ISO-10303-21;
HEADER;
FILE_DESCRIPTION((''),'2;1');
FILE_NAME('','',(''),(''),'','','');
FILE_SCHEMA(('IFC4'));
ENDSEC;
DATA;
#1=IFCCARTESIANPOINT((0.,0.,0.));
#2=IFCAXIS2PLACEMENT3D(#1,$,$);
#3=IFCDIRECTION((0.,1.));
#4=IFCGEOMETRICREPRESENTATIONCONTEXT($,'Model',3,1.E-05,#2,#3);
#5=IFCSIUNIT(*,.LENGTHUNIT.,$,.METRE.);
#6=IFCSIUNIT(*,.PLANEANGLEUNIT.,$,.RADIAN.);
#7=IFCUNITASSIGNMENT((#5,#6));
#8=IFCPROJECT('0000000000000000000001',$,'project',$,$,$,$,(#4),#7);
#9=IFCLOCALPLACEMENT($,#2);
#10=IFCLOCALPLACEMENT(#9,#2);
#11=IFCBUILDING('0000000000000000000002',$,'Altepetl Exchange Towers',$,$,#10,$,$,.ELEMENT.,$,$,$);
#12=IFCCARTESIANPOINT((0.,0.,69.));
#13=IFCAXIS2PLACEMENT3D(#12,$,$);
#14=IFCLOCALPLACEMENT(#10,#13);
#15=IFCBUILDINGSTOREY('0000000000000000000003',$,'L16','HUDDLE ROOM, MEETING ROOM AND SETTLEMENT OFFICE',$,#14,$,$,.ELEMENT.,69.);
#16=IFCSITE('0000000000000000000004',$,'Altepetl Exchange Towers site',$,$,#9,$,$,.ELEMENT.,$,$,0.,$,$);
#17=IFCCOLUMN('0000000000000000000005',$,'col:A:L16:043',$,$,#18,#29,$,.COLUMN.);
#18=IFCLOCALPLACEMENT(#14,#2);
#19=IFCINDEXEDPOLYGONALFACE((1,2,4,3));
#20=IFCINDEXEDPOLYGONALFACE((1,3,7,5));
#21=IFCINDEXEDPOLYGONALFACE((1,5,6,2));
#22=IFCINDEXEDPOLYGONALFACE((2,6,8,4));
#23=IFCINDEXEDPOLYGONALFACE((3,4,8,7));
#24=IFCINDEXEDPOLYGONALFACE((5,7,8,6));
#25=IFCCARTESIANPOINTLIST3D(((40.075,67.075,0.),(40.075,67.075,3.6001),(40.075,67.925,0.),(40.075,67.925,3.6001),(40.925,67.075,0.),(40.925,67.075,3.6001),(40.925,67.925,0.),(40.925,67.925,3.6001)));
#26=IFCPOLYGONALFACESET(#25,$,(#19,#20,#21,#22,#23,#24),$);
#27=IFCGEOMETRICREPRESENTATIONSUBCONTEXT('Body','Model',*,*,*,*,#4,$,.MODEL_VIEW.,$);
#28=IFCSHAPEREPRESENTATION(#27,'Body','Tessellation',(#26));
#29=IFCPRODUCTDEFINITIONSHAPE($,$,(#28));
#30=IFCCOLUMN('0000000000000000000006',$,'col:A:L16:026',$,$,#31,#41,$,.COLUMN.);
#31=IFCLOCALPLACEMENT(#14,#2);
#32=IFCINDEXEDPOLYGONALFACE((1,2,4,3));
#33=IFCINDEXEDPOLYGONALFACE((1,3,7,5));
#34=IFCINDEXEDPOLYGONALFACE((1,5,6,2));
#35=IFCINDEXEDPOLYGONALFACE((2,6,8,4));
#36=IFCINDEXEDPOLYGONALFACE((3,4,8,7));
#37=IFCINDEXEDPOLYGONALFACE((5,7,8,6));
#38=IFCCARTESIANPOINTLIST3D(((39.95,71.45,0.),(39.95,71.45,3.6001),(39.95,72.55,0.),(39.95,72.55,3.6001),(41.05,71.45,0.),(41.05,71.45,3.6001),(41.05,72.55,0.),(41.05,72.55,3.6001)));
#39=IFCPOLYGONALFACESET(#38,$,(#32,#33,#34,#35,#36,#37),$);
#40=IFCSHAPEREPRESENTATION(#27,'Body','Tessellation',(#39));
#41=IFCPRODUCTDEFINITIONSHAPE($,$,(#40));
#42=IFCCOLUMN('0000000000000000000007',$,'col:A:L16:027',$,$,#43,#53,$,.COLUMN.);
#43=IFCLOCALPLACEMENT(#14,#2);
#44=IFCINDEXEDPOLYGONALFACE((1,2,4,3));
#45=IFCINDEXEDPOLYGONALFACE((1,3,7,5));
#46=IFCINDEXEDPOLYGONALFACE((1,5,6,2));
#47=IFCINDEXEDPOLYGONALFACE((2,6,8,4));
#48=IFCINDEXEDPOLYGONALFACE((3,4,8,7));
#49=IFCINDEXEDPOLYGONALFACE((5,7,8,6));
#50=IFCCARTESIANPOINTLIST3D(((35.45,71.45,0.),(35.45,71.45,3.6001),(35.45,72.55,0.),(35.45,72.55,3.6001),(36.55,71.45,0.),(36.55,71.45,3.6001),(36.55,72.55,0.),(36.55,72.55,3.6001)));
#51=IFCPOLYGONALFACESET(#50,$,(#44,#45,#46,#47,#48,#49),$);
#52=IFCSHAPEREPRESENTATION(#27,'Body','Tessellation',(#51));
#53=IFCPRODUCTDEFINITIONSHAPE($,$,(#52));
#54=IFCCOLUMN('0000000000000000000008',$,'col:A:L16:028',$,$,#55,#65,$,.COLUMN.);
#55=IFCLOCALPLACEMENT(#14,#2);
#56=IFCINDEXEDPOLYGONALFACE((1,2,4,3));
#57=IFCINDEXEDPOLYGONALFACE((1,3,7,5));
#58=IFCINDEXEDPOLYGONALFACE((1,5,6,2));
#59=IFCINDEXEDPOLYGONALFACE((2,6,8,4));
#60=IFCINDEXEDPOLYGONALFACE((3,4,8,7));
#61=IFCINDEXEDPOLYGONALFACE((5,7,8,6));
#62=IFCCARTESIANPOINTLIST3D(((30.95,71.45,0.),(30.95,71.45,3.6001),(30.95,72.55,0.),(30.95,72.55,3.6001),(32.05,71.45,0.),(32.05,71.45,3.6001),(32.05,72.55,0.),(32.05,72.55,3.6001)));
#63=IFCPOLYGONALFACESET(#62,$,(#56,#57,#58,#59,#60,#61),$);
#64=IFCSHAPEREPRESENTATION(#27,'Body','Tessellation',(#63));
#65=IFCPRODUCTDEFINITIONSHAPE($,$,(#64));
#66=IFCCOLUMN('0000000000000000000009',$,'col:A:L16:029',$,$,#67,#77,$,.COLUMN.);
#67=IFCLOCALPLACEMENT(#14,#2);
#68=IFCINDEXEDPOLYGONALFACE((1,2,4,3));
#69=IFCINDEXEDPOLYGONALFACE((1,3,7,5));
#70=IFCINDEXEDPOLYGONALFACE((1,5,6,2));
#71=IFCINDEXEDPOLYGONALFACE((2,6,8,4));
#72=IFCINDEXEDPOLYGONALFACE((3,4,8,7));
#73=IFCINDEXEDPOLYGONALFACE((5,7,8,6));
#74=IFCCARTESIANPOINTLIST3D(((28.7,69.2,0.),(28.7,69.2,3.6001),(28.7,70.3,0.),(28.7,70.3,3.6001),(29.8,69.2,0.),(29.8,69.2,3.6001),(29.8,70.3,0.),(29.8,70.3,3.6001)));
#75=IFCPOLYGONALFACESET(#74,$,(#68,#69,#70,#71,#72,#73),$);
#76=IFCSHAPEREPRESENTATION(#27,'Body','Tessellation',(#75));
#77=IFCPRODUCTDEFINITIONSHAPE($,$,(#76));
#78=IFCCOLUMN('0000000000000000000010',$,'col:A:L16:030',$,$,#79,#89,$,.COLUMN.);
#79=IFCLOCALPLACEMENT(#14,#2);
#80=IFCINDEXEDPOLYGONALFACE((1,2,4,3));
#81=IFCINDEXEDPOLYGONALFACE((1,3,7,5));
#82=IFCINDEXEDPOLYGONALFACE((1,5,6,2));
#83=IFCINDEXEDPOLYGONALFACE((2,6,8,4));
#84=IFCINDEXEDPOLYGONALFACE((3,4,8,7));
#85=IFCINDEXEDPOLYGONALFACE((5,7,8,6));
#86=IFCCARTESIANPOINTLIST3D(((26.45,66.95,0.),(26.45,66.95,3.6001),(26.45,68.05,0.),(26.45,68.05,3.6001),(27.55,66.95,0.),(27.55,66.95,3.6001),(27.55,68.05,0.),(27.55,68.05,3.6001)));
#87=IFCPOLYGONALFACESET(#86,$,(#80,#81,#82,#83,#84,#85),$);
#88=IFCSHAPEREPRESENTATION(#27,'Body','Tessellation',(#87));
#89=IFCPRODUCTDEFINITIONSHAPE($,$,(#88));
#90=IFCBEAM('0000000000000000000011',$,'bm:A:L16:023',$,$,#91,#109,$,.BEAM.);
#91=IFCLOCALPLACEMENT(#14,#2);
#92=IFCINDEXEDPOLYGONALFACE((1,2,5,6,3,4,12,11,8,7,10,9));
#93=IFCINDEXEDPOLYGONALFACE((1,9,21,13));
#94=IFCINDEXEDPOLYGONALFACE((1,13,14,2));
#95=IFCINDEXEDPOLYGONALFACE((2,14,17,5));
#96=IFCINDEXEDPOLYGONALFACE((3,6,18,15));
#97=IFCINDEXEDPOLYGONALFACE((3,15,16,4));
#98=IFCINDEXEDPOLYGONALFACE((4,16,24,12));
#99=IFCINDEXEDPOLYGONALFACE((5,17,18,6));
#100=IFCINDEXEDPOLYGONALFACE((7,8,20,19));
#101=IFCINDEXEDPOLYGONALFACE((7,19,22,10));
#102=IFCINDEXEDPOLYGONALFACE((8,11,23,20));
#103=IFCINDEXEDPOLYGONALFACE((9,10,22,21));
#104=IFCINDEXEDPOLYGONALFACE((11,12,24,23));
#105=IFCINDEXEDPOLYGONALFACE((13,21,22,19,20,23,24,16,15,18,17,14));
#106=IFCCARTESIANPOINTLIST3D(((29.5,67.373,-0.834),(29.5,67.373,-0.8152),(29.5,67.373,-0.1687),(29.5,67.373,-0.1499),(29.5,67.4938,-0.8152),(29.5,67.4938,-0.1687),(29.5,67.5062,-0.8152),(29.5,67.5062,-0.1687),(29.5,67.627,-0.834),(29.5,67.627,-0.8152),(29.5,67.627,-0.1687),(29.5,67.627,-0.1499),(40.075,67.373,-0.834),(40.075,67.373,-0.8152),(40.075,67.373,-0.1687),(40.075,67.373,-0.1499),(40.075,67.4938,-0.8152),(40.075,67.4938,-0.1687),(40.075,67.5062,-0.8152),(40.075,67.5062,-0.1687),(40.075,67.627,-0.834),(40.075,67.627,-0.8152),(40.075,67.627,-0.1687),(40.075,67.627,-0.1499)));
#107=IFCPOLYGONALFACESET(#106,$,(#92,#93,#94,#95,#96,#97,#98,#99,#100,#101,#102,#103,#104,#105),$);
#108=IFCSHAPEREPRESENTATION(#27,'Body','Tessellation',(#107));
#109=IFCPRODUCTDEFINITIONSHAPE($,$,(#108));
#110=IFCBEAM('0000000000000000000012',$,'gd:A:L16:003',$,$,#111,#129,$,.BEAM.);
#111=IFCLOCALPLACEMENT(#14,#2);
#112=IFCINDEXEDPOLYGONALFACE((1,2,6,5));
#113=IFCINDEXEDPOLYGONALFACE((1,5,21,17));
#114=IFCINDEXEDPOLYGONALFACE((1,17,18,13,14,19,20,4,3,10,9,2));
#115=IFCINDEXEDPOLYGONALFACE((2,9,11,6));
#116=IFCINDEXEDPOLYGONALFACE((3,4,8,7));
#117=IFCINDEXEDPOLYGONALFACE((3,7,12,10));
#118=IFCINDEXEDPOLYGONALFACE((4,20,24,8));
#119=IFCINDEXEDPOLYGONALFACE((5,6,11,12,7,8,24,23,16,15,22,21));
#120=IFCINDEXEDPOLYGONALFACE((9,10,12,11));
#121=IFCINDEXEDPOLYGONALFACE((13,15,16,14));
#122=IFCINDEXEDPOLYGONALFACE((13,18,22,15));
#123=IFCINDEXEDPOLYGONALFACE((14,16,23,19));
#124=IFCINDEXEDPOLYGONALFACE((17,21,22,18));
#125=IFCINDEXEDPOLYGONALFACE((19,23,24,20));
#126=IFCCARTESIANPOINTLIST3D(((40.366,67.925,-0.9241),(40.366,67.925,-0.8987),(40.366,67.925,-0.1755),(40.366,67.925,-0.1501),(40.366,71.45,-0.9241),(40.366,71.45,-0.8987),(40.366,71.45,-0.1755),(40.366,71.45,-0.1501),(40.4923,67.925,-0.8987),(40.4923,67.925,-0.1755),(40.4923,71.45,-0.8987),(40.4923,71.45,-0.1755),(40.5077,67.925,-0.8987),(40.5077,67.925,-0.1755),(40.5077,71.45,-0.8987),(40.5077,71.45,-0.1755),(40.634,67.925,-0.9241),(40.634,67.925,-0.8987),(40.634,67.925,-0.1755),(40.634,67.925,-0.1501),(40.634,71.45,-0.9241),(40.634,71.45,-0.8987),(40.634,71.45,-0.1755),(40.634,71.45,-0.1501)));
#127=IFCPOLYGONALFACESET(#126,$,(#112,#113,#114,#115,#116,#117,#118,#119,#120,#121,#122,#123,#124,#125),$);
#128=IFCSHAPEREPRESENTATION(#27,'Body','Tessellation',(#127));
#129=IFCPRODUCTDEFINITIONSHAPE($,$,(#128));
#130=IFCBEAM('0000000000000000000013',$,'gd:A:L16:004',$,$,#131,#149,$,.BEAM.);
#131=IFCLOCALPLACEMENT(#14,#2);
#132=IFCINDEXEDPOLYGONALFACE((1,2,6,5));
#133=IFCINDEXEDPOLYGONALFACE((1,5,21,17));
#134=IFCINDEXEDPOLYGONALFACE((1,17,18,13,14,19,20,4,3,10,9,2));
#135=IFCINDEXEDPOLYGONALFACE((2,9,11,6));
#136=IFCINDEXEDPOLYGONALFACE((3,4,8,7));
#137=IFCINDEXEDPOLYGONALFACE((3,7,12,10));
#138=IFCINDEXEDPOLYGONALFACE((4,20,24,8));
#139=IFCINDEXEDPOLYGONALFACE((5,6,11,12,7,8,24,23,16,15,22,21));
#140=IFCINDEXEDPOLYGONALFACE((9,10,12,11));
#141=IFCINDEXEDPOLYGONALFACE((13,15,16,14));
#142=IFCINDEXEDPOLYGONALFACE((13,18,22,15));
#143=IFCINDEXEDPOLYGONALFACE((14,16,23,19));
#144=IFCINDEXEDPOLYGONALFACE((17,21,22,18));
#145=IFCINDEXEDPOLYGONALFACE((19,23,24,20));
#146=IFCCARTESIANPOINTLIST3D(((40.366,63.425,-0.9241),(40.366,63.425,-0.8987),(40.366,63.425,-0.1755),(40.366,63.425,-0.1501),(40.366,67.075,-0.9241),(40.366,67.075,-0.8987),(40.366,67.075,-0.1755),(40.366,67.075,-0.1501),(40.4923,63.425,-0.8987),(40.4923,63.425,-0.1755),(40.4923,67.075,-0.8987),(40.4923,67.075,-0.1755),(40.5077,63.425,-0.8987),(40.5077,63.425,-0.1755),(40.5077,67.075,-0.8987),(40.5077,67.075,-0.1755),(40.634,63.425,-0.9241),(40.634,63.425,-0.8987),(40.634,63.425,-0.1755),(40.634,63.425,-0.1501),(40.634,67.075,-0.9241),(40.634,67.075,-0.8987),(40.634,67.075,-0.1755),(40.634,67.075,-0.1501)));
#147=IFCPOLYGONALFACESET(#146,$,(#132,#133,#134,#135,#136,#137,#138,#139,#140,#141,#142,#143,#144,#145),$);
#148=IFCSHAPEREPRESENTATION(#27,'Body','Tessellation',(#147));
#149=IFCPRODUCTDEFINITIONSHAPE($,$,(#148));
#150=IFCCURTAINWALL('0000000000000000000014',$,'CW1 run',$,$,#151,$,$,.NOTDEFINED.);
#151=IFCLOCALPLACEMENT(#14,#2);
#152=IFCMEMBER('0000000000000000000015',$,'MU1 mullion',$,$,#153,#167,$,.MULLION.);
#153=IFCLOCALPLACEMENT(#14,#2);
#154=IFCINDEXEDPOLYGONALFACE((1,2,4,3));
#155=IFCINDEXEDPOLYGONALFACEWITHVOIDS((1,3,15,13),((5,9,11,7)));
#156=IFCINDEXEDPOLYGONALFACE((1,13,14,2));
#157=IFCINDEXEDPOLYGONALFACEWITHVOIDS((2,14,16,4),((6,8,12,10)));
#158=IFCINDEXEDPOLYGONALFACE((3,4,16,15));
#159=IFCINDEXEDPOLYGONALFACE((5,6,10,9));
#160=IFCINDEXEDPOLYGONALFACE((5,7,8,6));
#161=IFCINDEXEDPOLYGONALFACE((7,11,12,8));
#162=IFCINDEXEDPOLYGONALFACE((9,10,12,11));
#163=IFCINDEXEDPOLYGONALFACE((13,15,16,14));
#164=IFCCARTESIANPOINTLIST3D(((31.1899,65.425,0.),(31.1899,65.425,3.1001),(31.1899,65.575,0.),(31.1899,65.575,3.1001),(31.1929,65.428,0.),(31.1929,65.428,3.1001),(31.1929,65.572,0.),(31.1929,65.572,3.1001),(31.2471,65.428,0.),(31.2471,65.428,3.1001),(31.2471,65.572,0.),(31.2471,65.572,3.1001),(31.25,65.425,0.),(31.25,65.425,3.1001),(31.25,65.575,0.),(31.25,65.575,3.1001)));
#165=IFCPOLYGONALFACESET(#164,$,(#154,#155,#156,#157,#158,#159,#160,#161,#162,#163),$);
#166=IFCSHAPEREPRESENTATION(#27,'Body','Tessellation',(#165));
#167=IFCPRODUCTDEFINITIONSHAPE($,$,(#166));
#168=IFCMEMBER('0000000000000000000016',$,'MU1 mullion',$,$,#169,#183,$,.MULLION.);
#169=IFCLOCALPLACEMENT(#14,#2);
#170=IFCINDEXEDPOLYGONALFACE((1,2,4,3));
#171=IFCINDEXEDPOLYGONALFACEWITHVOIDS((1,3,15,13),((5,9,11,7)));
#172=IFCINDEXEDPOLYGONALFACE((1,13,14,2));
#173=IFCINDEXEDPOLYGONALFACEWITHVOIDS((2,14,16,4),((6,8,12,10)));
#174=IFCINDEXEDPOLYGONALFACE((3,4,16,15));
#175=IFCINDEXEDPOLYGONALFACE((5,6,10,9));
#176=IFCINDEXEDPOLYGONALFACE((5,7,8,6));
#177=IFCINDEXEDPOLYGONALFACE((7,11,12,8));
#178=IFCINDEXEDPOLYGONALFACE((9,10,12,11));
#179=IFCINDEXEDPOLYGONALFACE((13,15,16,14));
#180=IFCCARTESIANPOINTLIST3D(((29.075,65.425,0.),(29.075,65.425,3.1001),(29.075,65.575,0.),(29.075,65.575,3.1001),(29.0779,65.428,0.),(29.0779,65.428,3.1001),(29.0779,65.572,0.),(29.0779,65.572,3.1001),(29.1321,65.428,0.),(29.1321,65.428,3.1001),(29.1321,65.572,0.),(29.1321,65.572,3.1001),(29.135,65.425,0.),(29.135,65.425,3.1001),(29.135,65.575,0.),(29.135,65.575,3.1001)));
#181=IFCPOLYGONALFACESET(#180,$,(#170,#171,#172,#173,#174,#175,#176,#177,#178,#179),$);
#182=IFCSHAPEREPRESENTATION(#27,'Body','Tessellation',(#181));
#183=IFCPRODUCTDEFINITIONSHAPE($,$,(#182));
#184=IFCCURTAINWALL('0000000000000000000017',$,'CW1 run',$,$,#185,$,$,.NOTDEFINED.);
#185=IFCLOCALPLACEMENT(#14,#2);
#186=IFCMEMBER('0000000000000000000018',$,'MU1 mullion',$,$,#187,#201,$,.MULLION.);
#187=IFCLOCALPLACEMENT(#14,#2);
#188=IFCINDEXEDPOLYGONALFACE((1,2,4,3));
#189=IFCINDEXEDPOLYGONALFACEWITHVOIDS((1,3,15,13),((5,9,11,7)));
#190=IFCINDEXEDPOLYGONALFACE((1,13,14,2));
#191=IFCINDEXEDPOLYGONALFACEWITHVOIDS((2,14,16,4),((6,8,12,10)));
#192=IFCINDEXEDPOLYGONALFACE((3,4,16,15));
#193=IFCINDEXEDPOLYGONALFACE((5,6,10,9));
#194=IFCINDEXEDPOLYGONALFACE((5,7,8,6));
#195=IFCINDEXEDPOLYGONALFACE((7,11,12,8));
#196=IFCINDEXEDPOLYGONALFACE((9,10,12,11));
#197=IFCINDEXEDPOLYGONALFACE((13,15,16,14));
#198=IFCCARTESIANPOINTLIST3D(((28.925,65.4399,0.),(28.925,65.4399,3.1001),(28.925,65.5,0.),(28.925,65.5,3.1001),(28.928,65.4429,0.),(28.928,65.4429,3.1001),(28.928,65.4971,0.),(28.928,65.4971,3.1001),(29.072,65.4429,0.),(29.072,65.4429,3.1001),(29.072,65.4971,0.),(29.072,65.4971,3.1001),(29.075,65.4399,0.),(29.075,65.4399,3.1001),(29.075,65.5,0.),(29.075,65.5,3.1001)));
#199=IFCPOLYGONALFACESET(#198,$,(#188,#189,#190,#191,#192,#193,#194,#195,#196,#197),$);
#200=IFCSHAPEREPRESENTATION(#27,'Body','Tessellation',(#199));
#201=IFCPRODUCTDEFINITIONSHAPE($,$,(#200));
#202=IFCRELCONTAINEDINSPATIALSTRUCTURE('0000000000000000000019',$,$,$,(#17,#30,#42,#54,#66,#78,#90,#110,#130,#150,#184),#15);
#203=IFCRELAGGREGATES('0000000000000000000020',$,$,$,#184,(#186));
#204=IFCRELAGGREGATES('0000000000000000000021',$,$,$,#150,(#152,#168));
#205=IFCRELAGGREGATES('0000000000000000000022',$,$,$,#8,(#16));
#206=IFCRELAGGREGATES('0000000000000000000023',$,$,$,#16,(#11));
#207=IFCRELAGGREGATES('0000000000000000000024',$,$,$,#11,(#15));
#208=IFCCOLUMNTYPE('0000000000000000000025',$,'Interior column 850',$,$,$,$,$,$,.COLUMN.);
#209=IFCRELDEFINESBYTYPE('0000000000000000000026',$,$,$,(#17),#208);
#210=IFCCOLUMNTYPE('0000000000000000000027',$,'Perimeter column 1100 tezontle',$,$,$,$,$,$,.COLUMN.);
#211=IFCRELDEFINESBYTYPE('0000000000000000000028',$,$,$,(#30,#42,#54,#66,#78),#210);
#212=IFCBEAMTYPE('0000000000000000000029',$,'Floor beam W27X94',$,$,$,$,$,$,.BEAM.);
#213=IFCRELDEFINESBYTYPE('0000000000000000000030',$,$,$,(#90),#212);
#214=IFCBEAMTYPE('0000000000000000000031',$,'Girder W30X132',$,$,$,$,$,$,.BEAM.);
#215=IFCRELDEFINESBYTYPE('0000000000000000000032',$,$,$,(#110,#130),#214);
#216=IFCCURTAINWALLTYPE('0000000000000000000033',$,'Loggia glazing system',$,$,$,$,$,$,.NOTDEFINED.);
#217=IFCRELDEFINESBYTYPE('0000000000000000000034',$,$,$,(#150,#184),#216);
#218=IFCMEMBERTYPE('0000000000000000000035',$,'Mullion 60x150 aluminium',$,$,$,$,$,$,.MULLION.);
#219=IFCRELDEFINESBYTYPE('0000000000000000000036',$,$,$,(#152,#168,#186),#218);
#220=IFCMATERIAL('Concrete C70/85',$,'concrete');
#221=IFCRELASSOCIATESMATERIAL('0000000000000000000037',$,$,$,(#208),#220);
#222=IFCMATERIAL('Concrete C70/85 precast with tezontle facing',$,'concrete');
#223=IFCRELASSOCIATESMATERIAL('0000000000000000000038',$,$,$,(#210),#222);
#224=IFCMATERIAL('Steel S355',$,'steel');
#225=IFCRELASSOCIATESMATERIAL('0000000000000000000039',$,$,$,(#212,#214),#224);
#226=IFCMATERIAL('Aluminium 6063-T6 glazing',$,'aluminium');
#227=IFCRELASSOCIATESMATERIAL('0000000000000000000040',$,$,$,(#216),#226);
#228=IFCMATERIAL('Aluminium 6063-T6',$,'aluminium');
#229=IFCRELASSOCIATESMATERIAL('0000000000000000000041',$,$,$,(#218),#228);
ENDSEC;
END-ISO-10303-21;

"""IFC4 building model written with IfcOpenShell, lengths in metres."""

from ifc_helpers import new_model, si_unit, direction, frame, origin, origin_2d, place, context, subcontext, project, spatial, rectangle, hollow_rectangle, i_section, extrude, material, material_profile, profile_set, type_object, element, aggregate, save


model = new_model("IFC4")

# Units and contexts
model_context = context("Model", 3, precision=1e-05, world=origin(), true_north=direction((0.0, 1.0)))
body_context = subcontext(model_context, "Body", "Model", "MODEL_VIEW")
ifc_project = project(units=[si_unit("LENGTHUNIT", "METRE"), si_unit("PLANEANGLEUNIT", "RADIAN")], contexts=[model_context])

# Site, building, storey
site_placement = place(None, origin())
site = spatial("IfcSite", under=ifc_project, at=site_placement, Name="Altepetl Exchange Towers site", CompositionType="ELEMENT", RefElevation=0.0)
building_placement = place(site_placement, origin())
building = spatial("IfcBuilding", under=site, at=building_placement, Name="Altepetl Exchange Towers", CompositionType="ELEMENT")
storey_placement = place(building_placement, frame((0.0, 0.0, 69.0)))
storey = spatial("IfcBuildingStorey", under=building, at=storey_placement, Name="L16", Description="HUDDLE ROOM, MEETING ROOM AND SETTLEMENT OFFICE", CompositionType="ELEMENT", Elevation=69.0)

# Columns
ifc_material_1 = material(Name="Concrete C70/85", Category="concrete")
ifc_material_profile_1 = material_profile(ifc_material_1, rectangle(XDim=0.8501, YDim=0.8501, at=origin_2d()), Name="850 x 850")
ifc_profile_set_1 = profile_set([ifc_material_profile_1], Name="Concrete C70/85")
column_type_1 = type_object("IfcColumnType", Name="Interior column 850", PredefinedType="COLUMN", material=ifc_profile_set_1)
column_placement = place(storey_placement, frame((40.5, 67.5, 0.0)))
element("IfcColumn", 1, at=column_placement, inside=storey, type_object=column_type_1, Name="col:A:L16:043", PredefinedType="COLUMN", context=body_context, shape_type="SweptSolid", body=[
    extrude(rectangle(XDim=0.8501, YDim=0.8501, at=origin_2d()), origin(), (0.0, 0.0, 1.0), 3.6001),
])
ifc_material_2 = material(Name="Concrete C70/85 precast with tezontle facing", Category="concrete")
ifc_material_profile_2 = material_profile(ifc_material_2, rectangle(XDim=1.1001, YDim=1.1001, at=origin_2d()), Name="1100 x 1100")
ifc_profile_set_2 = profile_set([ifc_material_profile_2], Name="Concrete C70/85 precast with tezontle facing")
column_type_2 = type_object("IfcColumnType", Name="Perimeter column 1100 tezontle", PredefinedType="COLUMN", material=ifc_profile_set_2)
for number, where, name in (
    (2, (40.5, 72.0, 0.0), "col:A:L16:026"),
    (3, (36.0, 72.0, 0.0), "col:A:L16:027"),
    (4, (31.5, 72.0, 0.0), "col:A:L16:028"),
    (5, (29.25, 69.75, 0.0), "col:A:L16:029"),
    (6, (27.0, 67.5, 0.0), "col:A:L16:030"),
):
    element("IfcColumn", number, at=place(storey_placement, frame(where)), inside=storey, type_object=column_type_2, Name=name, PredefinedType="COLUMN", context=body_context, shape_type="SweptSolid", body=[
        extrude(rectangle(XDim=1.1001, YDim=1.1001, at=origin_2d()), origin(), (0.0, 0.0, 1.0), 3.6001),
    ])

# Beams
ifc_material_3 = material(Name="Steel S355", Category="steel")
ifc_material_profile_3 = material_profile(ifc_material_3, i_section(OverallWidth=0.2539, OverallDepth=0.6841, WebThickness=0.0125, FlangeThickness=0.0188, at=origin_2d()), Name="W27X94")
ifc_profile_set_3 = profile_set([ifc_material_profile_3], Name="Steel S355")
beam_type_1 = type_object("IfcBeamType", Name="Floor beam W27X94", PredefinedType="BEAM", material=ifc_profile_set_3)
beam_1_placement = place(storey_placement, frame((29.5, 67.5, -0.4919), z_axis=(1.0, 0.0, 0.0), x_axis=(0.0, 1.0, 0.0)))
element("IfcBeam", 7, at=beam_1_placement, inside=storey, type_object=beam_type_1, Name="bm:A:L16:023", PredefinedType="BEAM", context=body_context, shape_type="SweptSolid", body=[
    extrude(i_section(OverallWidth=0.2539, OverallDepth=0.6841, WebThickness=0.0125, FlangeThickness=0.0188, at=origin_2d()), origin(), (0.0, 0.0, 1.0), 10.575),
])
ifc_material_profile_4 = material_profile(ifc_material_3, i_section(OverallWidth=0.2681, OverallDepth=0.7739, WebThickness=0.0154, FlangeThickness=0.0254, at=origin_2d()), Name="W30X132")
ifc_profile_set_4 = profile_set([ifc_material_profile_4], Name="Steel S355")
beam_type_2 = type_object("IfcBeamType", Name="Girder W30X132", PredefinedType="BEAM", material=ifc_profile_set_4)
beam_2_placement = place(storey_placement, frame((40.5, 71.45, -0.5371), z_axis=(0.0, -1.0, 0.0), x_axis=(1.0, 0.0, 0.0)))
element("IfcBeam", 8, at=beam_2_placement, inside=storey, type_object=beam_type_2, Name="gd:A:L16:003", PredefinedType="BEAM", context=body_context, shape_type="SweptSolid", body=[
    extrude(i_section(OverallWidth=0.2681, OverallDepth=0.7739, WebThickness=0.0154, FlangeThickness=0.0254, at=origin_2d()), origin(), (0.0, 0.0, 1.0), 3.5249),
])
beam_3_placement = place(storey_placement, frame((40.5, 67.075, -0.5371), z_axis=(0.0, -1.0, 0.0), x_axis=(1.0, 0.0, 0.0)))
element("IfcBeam", 9, at=beam_3_placement, inside=storey, type_object=beam_type_2, Name="gd:A:L16:004", PredefinedType="BEAM", context=body_context, shape_type="SweptSolid", body=[
    extrude(i_section(OverallWidth=0.2681, OverallDepth=0.7739, WebThickness=0.0154, FlangeThickness=0.0254, at=origin_2d()), origin(), (0.0, 0.0, 1.0), 3.6499),
])

# Curtain wall, members
ifc_material_4 = material(Name="Aluminium 6063-T6 glazing", Category="aluminium")
curtain_wall_type = type_object("IfcCurtainWallType", Name="Loggia glazing system", PredefinedType="NOTDEFINED", material=ifc_material_4)
curtain_wall_1_placement = place(storey_placement, origin())
curtain_wall_1 = element("IfcCurtainWall", 10, at=curtain_wall_1_placement, inside=storey, type_object=curtain_wall_type, Name="CW1 run", PredefinedType="NOTDEFINED")
ifc_material_5 = material(Name="Aluminium 6063-T6", Category="aluminium")
ifc_material_profile_5 = material_profile(ifc_material_5, hollow_rectangle(XDim=0.0601, YDim=0.1499, WallThickness=0.0029, at=origin_2d()), Name="Mullion 60x150 aluminium")
ifc_profile_set_5 = profile_set([ifc_material_profile_5], Name="Aluminium 6063-T6")
member_type = type_object("IfcMemberType", Name="Mullion 60x150 aluminium", PredefinedType="MULLION", material=ifc_profile_set_5)
member_1_placement = place(storey_placement, frame((31.22, 65.5, 0.0), z_axis=(0.0, 0.0, 1.0), x_axis=(-1.0, 0.0, 0.0)))
member_1 = element("IfcMember", 11, at=member_1_placement, type_object=member_type, Name="MU1 mullion", PredefinedType="MULLION", context=body_context, shape_type="SweptSolid", body=[
    extrude(hollow_rectangle(XDim=0.0601, YDim=0.1499, WallThickness=0.0029, at=origin_2d()), origin(), (0.0, 0.0, 1.0), 3.1001),
])
member_2_placement = place(storey_placement, frame((29.105, 65.5, 0.0), z_axis=(0.0, 0.0, 1.0), x_axis=(-1.0, 0.0, 0.0)))
member_2 = element("IfcMember", 12, at=member_2_placement, type_object=member_type, Name="MU1 mullion", PredefinedType="MULLION", context=body_context, shape_type="SweptSolid", body=[
    extrude(hollow_rectangle(XDim=0.0601, YDim=0.1499, WallThickness=0.0029, at=origin_2d()), origin(), (0.0, 0.0, 1.0), 3.1001),
])

# Curtain wall, member
curtain_wall_2_placement = place(storey_placement, origin())
curtain_wall_2 = element("IfcCurtainWall", 13, at=curtain_wall_2_placement, inside=storey, type_object=curtain_wall_type, Name="CW1 run", PredefinedType="NOTDEFINED")
member_3_placement = place(storey_placement, frame((29.0, 65.47, 0.0), z_axis=(0.0, 0.0, 1.0), x_axis=(0.0, -1.0, 0.0)))
member_3 = element("IfcMember", 14, at=member_3_placement, type_object=member_type, Name="MU1 mullion", PredefinedType="MULLION", context=body_context, shape_type="SweptSolid", body=[
    extrude(hollow_rectangle(XDim=0.0601, YDim=0.1499, WallThickness=0.0029, at=origin_2d()), origin(), (0.0, 0.0, 1.0), 3.1001),
])
aggregate(curtain_wall_2, [member_3])

aggregate(curtain_wall_1, [member_1, member_2])

save(model, "model.ifc")
